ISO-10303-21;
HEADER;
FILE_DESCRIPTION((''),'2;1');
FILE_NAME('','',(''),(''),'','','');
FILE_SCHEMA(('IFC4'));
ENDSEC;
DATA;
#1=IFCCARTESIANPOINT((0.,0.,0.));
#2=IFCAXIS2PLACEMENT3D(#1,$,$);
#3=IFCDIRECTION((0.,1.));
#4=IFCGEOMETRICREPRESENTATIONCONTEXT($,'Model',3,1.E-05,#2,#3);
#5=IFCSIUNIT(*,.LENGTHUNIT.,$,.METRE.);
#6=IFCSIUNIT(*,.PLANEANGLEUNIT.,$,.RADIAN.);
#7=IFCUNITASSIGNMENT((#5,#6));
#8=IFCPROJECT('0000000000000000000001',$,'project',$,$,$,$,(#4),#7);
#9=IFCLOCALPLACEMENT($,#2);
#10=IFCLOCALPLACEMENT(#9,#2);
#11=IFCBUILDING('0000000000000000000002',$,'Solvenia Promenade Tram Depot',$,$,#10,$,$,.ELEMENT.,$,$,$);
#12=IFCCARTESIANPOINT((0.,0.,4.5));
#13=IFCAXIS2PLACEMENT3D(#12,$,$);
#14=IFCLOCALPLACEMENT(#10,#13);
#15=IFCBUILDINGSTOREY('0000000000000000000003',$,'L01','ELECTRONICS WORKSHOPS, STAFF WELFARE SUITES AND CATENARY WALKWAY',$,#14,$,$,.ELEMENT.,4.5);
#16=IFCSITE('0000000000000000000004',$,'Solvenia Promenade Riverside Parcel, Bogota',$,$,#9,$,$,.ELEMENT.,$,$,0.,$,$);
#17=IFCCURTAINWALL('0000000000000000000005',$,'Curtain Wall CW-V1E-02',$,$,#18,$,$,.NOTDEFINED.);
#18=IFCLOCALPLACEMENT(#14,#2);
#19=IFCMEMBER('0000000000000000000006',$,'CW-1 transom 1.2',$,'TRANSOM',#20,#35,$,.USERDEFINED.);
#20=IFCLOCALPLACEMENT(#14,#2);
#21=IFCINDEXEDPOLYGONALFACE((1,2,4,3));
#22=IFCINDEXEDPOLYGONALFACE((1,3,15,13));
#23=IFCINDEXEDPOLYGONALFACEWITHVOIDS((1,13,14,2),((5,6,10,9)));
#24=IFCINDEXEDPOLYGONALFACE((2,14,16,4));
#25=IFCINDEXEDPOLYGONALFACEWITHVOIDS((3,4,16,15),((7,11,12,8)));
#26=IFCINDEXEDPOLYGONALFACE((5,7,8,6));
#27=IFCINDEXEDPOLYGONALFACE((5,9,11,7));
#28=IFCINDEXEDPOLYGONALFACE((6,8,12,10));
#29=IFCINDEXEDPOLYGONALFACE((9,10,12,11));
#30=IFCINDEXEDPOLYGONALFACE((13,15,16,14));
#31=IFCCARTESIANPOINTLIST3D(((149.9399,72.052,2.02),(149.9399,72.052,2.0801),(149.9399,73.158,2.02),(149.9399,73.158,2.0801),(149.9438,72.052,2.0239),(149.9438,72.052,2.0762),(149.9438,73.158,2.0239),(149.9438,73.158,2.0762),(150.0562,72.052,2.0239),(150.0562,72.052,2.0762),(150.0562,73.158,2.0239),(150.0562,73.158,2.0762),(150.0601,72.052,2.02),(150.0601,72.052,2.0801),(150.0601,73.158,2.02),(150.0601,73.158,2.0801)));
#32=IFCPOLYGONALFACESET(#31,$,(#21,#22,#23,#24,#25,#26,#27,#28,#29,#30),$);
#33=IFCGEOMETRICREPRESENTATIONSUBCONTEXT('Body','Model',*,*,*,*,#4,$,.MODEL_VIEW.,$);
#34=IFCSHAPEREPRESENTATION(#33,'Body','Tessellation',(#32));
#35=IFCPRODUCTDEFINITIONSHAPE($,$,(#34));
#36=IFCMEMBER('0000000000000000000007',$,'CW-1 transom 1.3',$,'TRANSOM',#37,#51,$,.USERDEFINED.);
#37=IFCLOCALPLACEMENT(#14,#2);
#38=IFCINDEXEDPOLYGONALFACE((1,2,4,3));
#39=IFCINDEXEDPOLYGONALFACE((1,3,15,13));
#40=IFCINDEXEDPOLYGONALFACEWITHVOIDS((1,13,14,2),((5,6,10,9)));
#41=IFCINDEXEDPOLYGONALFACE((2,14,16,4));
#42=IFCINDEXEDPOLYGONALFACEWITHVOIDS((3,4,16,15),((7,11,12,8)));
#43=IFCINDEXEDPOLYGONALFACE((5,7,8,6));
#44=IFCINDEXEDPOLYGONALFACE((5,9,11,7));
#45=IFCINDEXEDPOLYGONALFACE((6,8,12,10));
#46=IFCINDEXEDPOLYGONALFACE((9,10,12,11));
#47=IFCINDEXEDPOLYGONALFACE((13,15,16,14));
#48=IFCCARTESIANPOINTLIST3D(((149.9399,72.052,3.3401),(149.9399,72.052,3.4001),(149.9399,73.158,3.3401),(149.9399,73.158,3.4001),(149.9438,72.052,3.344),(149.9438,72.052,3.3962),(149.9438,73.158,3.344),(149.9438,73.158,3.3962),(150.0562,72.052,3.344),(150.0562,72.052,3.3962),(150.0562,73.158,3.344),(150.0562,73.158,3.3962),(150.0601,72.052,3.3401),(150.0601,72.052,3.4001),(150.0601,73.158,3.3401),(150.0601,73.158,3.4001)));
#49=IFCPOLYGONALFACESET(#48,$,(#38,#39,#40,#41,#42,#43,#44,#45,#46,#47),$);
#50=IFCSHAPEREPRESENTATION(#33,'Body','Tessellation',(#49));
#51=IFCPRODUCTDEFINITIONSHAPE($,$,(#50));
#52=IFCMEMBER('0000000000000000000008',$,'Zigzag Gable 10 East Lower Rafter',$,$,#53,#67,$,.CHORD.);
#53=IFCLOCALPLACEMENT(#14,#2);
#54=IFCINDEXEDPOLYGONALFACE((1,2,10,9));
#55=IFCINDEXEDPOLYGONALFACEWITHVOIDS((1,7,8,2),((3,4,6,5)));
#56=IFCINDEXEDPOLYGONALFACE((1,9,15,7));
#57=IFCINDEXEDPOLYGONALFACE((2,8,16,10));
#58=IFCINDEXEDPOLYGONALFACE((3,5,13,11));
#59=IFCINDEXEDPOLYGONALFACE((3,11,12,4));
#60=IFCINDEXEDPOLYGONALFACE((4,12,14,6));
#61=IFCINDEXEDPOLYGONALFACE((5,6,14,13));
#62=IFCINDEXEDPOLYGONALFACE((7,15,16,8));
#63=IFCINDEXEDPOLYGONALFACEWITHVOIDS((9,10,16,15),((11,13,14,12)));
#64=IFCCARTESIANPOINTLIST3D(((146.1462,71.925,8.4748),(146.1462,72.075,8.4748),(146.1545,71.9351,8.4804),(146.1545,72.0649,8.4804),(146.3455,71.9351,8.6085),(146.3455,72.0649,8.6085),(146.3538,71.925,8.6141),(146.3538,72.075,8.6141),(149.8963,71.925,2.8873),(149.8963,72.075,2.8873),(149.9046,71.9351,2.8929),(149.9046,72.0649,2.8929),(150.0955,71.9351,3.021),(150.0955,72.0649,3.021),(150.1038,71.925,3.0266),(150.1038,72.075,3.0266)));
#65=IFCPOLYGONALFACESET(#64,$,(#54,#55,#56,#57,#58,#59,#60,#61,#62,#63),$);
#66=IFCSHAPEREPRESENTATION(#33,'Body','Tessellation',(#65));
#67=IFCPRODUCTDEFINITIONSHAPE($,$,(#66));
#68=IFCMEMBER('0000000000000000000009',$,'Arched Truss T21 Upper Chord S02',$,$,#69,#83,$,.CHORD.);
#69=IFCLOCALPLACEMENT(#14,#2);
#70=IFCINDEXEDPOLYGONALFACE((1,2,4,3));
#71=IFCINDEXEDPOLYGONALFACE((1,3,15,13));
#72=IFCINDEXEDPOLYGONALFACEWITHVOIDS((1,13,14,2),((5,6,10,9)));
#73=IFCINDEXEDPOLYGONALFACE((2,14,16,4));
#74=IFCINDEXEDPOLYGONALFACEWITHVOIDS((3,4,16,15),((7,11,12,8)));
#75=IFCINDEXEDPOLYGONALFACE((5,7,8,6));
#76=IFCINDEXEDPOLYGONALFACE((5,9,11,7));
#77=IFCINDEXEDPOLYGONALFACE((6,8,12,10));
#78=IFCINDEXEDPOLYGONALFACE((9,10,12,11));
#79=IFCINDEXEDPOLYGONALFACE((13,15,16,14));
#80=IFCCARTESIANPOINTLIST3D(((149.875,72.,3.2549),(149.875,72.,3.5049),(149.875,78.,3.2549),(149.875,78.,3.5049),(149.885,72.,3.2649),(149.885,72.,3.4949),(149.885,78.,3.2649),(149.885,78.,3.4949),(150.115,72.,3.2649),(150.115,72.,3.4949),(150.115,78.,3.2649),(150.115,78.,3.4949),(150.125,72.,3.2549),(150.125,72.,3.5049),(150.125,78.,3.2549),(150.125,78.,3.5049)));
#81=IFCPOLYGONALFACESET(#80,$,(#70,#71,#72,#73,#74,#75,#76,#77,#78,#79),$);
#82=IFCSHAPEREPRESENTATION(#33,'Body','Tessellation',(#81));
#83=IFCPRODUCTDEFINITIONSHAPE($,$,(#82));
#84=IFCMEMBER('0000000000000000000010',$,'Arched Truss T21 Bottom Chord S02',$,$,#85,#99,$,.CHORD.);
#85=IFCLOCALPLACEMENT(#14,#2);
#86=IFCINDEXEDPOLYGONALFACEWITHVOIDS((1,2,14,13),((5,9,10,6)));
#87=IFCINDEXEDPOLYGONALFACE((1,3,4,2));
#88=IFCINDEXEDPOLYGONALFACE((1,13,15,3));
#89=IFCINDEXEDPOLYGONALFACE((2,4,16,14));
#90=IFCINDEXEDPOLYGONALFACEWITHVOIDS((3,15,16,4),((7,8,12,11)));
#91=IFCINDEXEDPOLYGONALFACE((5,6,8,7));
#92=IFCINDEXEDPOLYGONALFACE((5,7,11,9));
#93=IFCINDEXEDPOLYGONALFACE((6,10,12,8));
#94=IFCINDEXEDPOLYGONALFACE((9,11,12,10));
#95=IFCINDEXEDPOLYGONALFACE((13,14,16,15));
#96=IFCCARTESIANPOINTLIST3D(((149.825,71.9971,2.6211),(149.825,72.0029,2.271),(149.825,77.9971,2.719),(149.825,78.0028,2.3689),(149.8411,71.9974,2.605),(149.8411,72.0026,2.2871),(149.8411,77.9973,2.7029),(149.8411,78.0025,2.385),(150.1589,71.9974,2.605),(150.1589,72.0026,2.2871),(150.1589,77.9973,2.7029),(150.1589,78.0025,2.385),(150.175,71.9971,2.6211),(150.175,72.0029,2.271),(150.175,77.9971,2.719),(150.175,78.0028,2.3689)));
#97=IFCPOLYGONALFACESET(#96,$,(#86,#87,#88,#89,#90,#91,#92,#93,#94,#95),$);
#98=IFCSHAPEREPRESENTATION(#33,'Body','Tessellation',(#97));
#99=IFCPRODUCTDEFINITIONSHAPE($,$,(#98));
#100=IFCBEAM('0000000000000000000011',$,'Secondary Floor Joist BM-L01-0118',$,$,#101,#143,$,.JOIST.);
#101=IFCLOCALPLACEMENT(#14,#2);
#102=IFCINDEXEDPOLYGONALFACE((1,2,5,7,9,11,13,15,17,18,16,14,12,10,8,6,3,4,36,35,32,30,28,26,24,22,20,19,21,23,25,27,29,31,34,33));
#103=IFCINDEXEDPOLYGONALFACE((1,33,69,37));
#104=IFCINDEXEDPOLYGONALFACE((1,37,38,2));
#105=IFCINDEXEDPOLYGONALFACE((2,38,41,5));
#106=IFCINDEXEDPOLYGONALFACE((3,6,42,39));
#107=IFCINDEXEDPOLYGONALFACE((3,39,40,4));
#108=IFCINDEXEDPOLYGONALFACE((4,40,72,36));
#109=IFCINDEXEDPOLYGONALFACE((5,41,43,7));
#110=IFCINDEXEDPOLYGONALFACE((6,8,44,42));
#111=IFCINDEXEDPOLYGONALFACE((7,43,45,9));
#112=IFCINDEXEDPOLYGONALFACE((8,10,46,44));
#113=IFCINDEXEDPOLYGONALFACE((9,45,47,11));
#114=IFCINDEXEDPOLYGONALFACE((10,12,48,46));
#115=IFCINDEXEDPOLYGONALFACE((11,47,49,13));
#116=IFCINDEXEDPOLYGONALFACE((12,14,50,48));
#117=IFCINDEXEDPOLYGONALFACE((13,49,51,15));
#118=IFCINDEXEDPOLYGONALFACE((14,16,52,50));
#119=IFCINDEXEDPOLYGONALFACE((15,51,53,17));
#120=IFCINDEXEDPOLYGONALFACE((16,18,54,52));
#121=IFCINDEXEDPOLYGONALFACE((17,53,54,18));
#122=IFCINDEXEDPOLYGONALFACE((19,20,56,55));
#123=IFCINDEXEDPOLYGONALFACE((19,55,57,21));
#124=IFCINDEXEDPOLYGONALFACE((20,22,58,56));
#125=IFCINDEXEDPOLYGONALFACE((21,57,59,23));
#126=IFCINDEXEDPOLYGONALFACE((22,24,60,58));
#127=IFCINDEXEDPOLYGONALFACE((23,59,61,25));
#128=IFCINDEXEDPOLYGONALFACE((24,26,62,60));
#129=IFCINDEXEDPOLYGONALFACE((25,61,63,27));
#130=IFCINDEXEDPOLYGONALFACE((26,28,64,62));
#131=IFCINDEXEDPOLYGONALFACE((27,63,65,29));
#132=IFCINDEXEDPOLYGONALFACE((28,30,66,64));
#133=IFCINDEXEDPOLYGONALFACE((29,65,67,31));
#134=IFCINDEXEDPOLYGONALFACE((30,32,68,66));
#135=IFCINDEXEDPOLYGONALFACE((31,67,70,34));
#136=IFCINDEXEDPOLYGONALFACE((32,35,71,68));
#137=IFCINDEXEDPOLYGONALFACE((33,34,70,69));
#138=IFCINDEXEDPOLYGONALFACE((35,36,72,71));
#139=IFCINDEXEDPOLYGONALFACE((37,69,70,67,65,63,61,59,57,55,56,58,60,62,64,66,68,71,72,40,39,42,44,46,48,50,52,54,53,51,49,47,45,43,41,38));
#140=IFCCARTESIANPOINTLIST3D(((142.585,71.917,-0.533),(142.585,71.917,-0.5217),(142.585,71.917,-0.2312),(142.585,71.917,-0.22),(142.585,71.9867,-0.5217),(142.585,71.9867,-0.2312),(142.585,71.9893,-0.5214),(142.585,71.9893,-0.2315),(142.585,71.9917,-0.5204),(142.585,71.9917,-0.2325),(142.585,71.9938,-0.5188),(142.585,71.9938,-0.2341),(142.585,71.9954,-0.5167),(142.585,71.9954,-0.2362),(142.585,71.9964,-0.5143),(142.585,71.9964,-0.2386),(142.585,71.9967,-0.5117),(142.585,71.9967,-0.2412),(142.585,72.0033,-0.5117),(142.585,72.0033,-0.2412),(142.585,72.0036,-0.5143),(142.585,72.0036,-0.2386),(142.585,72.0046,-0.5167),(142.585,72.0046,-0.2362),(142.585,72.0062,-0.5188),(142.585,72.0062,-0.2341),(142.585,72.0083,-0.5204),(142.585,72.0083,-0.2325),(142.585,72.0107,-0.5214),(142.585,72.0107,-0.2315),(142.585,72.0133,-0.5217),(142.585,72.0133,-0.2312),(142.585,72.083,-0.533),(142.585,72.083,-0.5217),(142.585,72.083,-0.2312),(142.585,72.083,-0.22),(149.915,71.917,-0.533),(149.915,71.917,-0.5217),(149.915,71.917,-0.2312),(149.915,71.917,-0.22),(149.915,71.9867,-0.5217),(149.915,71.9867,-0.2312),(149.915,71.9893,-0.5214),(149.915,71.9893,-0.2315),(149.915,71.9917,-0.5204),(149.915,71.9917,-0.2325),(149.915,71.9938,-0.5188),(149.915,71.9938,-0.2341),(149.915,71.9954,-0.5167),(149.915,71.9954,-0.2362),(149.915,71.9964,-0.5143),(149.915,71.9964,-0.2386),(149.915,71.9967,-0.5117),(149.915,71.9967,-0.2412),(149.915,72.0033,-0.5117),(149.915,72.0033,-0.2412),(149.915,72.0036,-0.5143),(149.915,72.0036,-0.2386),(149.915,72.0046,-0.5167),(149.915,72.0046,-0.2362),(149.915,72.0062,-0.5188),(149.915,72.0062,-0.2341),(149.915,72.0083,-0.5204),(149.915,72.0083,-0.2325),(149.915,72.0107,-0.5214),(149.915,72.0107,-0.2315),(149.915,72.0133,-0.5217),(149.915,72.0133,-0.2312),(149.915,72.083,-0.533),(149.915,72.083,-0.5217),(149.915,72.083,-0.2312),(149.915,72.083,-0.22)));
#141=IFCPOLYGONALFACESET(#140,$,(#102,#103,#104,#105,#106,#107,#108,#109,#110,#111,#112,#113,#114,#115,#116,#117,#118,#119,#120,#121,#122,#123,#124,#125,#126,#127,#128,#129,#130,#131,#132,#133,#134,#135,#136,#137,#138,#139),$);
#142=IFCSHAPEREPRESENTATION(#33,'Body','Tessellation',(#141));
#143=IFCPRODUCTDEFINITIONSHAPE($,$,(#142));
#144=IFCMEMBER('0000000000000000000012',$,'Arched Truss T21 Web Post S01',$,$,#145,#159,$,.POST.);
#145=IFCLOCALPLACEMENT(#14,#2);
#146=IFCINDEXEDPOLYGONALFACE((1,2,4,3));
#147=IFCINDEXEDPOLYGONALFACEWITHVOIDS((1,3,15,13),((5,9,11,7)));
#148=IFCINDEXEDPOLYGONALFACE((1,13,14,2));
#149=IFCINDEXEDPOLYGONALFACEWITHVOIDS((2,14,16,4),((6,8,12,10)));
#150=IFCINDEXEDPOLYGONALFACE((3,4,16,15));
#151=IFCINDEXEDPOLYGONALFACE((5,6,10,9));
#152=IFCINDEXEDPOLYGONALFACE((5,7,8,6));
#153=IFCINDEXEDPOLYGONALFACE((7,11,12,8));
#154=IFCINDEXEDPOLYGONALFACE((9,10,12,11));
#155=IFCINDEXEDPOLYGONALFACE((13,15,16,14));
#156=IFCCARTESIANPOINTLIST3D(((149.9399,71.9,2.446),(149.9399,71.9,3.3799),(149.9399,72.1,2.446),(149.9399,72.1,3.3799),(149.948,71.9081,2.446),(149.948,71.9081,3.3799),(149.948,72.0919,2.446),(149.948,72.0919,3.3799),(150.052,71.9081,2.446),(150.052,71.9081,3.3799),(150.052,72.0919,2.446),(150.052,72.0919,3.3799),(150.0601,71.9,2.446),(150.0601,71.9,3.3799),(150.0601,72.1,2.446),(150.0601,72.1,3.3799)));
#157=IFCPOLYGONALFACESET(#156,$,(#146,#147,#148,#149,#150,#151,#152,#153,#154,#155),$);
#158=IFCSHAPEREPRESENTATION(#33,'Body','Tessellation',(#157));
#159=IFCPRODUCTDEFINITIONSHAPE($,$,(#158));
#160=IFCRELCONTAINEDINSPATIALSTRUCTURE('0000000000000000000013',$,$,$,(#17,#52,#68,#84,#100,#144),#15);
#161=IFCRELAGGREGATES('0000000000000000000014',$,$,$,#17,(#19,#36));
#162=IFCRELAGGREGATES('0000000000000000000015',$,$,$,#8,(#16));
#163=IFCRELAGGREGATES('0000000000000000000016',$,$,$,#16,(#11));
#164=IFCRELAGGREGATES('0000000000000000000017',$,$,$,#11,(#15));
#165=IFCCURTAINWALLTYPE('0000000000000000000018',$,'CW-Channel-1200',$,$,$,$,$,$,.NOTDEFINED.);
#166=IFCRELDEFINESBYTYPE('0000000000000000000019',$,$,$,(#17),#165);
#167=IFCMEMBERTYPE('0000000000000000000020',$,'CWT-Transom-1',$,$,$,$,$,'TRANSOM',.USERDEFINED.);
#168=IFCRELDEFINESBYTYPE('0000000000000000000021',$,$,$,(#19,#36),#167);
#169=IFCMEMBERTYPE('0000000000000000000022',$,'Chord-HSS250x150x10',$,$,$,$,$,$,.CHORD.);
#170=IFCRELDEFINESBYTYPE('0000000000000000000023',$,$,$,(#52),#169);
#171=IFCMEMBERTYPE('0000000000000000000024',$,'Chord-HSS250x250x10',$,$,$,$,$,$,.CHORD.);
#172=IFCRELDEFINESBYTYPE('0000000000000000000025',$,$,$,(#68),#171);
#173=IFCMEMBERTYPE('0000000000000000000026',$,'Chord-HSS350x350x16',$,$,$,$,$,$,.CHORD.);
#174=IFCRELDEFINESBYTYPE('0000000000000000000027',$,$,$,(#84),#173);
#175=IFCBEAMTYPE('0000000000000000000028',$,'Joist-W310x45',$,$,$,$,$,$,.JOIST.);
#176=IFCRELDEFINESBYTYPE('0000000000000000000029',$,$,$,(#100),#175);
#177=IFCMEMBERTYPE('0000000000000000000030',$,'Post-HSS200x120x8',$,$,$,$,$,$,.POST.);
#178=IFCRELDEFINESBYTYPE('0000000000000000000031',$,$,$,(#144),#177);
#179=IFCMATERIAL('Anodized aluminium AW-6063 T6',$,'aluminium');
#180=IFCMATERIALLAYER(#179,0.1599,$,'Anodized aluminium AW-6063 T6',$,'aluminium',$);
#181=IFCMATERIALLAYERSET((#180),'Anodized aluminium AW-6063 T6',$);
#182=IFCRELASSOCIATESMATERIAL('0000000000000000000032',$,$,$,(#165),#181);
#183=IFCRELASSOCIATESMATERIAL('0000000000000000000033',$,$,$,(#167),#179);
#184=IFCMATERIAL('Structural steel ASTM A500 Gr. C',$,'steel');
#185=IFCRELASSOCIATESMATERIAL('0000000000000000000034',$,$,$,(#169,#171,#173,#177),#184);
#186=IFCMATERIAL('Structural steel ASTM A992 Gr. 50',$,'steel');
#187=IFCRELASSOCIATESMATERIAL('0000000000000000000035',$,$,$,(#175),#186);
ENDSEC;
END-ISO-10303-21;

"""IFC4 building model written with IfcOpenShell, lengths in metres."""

from ifc_helpers import new_model, si_unit, direction, frame, origin, origin_2d, place, context, subcontext, project, spatial, hollow_rectangle, i_section, extrude, material, layer, layer_set, material_profile, profile_set, type_object, element, aggregate, save


model = new_model("IFC4")

# Units and contexts
model_context = context("Model", 3, precision=1e-05, world=origin(), true_north=direction((0.0, 1.0)))
body_context = subcontext(model_context, "Body", "Model", "MODEL_VIEW")
ifc_project = project(units=[si_unit("LENGTHUNIT", "METRE"), si_unit("PLANEANGLEUNIT", "RADIAN")], contexts=[model_context])

# Site, building, storey
site_placement = place(None, origin())
site = spatial("IfcSite", under=ifc_project, at=site_placement, Name="Solvenia Promenade Riverside Parcel, Bogota", CompositionType="ELEMENT", RefElevation=0.0)
building_placement = place(site_placement, origin())
building = spatial("IfcBuilding", under=site, at=building_placement, Name="Solvenia Promenade Tram Depot", CompositionType="ELEMENT")
storey_placement = place(building_placement, frame((0.0, 0.0, 4.5)))
storey = spatial("IfcBuildingStorey", under=building, at=storey_placement, Name="L01", Description="ELECTRONICS WORKSHOPS, STAFF WELFARE SUITES AND CATENARY WALKWAY", CompositionType="ELEMENT", Elevation=4.5)

# Shared definitions
ifc_material_1 = material(Name="Anodized aluminium AW-6063 T6", Category="aluminium")
ifc_layer_1 = layer(ifc_material_1, 0.1599, Name="Anodized aluminium AW-6063 T6", Category="aluminium")
ifc_layer_set_1 = layer_set([ifc_layer_1], Name="Anodized aluminium AW-6063 T6")
curtain_wall_type = type_object("IfcCurtainWallType", Name="CW-Channel-1200", PredefinedType="NOTDEFINED", material=ifc_layer_set_1)

# Curtain wall
curtain_wall_1_placement = place(storey_placement, origin())
curtain_wall_1 = element("IfcCurtainWall", 1, at=curtain_wall_1_placement, inside=storey, type_object=curtain_wall_type, Name="Curtain Wall CW-V1E-02", PredefinedType="NOTDEFINED")

# Members
ifc_material_profile_1 = material_profile(ifc_material_1, hollow_rectangle(XDim=0.1201, YDim=0.0601, WallThickness=0.0039, at=origin_2d()), Name="ALU-T1", Category="aluminium")
ifc_profile_set_1 = profile_set([ifc_material_profile_1], Name="Anodized aluminium AW-6063 T6")
member_type_1 = type_object("IfcMemberType", Name="CWT-Transom-1", ElementType="TRANSOM", PredefinedType="USERDEFINED", material=ifc_profile_set_1)
member_1_placement = place(storey_placement, frame((150.0, 72.052, 2.05), z_axis=(0.0, 1.0, 0.0), x_axis=(-1.0, 0.0, 0.0)))
member_1 = element("IfcMember", 2, at=member_1_placement, type_object=member_type_1, Name="CW-1 transom 1.2", ObjectType="TRANSOM", PredefinedType="USERDEFINED", context=body_context, shape_type="SweptSolid", body=[
    extrude(hollow_rectangle(XDim=0.1201, YDim=0.0601, WallThickness=0.0039, at=origin_2d()), origin(), (0.0, 0.0, 1.0), 1.106),
])
member_2_placement = place(storey_placement, frame((150.0, 72.052, 3.3701), z_axis=(0.0, 1.0, 0.0), x_axis=(-1.0, 0.0, 0.0)))
member_2 = element("IfcMember", 3, at=member_2_placement, type_object=member_type_1, Name="CW-1 transom 1.3", ObjectType="TRANSOM", PredefinedType="USERDEFINED", context=body_context, shape_type="SweptSolid", body=[
    extrude(hollow_rectangle(XDim=0.1201, YDim=0.0601, WallThickness=0.0039, at=origin_2d()), origin(), (0.0, 0.0, 1.0), 1.106),
])

# Members
ifc_material_2 = material(Name="Structural steel ASTM A500 Gr. C", Category="steel")
ifc_material_profile_2 = material_profile(ifc_material_2, hollow_rectangle(XDim=0.1499, YDim=0.25, WallThickness=0.01, at=origin_2d()), Name="HSS250x150x10", Category="steel")
ifc_profile_set_2 = profile_set([ifc_material_profile_2], Name="Structural steel ASTM A500 Gr. C")
member_type_2 = type_object("IfcMemberType", Name="Chord-HSS250x150x10", PredefinedType="CHORD", material=ifc_profile_set_2)
member_3_placement = place(storey_placement, frame((146.25, 72.0, 8.5444), z_axis=(0.557276, 0.0, -0.830327), x_axis=(0.0, 1.0, 0.0)))
element("IfcMember", 4, at=member_3_placement, inside=storey, type_object=member_type_2, Name="Zigzag Gable 10 East Lower Rafter", PredefinedType="CHORD", context=body_context, shape_type="SweptSolid", body=[
    extrude(hollow_rectangle(XDim=0.1499, YDim=0.25, WallThickness=0.01, at=origin_2d()), origin(), (0.0, 0.0, 1.0), 6.7292),
])
ifc_material_profile_3 = material_profile(ifc_material_2, hollow_rectangle(XDim=0.25, YDim=0.25, WallThickness=0.01, at=origin_2d()), Name="HSS250x250x10", Category="steel")
ifc_profile_set_3 = profile_set([ifc_material_profile_3], Name="Structural steel ASTM A500 Gr. C")
member_type_3 = type_object("IfcMemberType", Name="Chord-HSS250x250x10", PredefinedType="CHORD", material=ifc_profile_set_3)
member_4_placement = place(storey_placement, frame((150.0, 72.0, 3.3799), z_axis=(0.0, 1.0, 0.0), x_axis=(-1.0, 0.0, 0.0)))
element("IfcMember", 5, at=member_4_placement, inside=storey, type_object=member_type_3, Name="Arched Truss T21 Upper Chord S02", PredefinedType="CHORD", context=body_context, shape_type="SweptSolid", body=[
    extrude(hollow_rectangle(XDim=0.25, YDim=0.25, WallThickness=0.01, at=origin_2d()), origin(), (0.0, 0.0, 1.0), 6.0),
])
ifc_material_profile_4 = material_profile(ifc_material_2, hollow_rectangle(XDim=0.3501, YDim=0.3501, WallThickness=0.0161, at=origin_2d()), Name="HSS350x350x16", Category="steel")
ifc_profile_set_4 = profile_set([ifc_material_profile_4], Name="Structural steel ASTM A500 Gr. C")
member_type_4 = type_object("IfcMemberType", Name="Chord-HSS350x350x16", PredefinedType="CHORD", material=ifc_profile_set_4)
member_5_placement = place(storey_placement, frame((150.0, 72.0, 2.446), z_axis=(0.0, 0.999867, 0.016315), x_axis=(-1.0, 0.0, 0.0)))
element("IfcMember", 6, at=member_5_placement, inside=storey, type_object=member_type_4, Name="Arched Truss T21 Bottom Chord S02", PredefinedType="CHORD", context=body_context, shape_type="SweptSolid", body=[
    extrude(hollow_rectangle(XDim=0.3501, YDim=0.3501, WallThickness=0.0161, at=origin_2d()), origin(), (0.0, 0.0, 1.0), 6.0007),
])

# Beam
ifc_material_3 = material(Name="Structural steel ASTM A992 Gr. 50", Category="steel")
ifc_material_profile_5 = material_profile(ifc_material_3, i_section(OverallWidth=0.166, OverallDepth=0.313, WebThickness=0.0066, FlangeThickness=0.0112, FilletRadius=0.01, at=origin_2d()), Name="W310x45", Category="steel")
ifc_profile_set_5 = profile_set([ifc_material_profile_5], Name="Structural steel ASTM A992 Gr. 50")
beam_type_1 = type_object("IfcBeamType", Name="Joist-W310x45", PredefinedType="JOIST", material=ifc_profile_set_5)
beam_1_placement = place(storey_placement, frame((142.585, 72.0, -0.3765), z_axis=(1.0, 0.0, 0.0), x_axis=(0.0, 1.0, 0.0)))
element("IfcBeam", 7, at=beam_1_placement, inside=storey, type_object=beam_type_1, Name="Secondary Floor Joist BM-L01-0118", PredefinedType="JOIST", context=body_context, shape_type="SweptSolid", body=[
    extrude(i_section(OverallWidth=0.166, OverallDepth=0.313, WebThickness=0.0066, FlangeThickness=0.0112, FilletRadius=0.01, at=origin_2d()), origin(), (0.0, 0.0, 1.0), 7.3301),
])

# Member
ifc_material_profile_6 = material_profile(ifc_material_2, hollow_rectangle(XDim=0.1201, YDim=0.2, WallThickness=0.0081, at=origin_2d()), Name="HSS200x120x8", Category="steel")
ifc_profile_set_6 = profile_set([ifc_material_profile_6], Name="Structural steel ASTM A500 Gr. C")
member_type_5 = type_object("IfcMemberType", Name="Post-HSS200x120x8", PredefinedType="POST", material=ifc_profile_set_6)
member_6_placement = place(storey_placement, frame((150.0, 72.0, 2.446), z_axis=(0.0, 0.0, 1.0), x_axis=(1.0, 0.0, 0.0)))
element("IfcMember", 8, at=member_6_placement, inside=storey, type_object=member_type_5, Name="Arched Truss T21 Web Post S01", PredefinedType="POST", context=body_context, shape_type="SweptSolid", body=[
    extrude(hollow_rectangle(XDim=0.1201, YDim=0.2, WallThickness=0.0081, at=origin_2d()), origin(), (0.0, 0.0, 1.0), 0.9338),
])

aggregate(curtain_wall_1, [member_1, member_2])

save(model, "model.ifc")
